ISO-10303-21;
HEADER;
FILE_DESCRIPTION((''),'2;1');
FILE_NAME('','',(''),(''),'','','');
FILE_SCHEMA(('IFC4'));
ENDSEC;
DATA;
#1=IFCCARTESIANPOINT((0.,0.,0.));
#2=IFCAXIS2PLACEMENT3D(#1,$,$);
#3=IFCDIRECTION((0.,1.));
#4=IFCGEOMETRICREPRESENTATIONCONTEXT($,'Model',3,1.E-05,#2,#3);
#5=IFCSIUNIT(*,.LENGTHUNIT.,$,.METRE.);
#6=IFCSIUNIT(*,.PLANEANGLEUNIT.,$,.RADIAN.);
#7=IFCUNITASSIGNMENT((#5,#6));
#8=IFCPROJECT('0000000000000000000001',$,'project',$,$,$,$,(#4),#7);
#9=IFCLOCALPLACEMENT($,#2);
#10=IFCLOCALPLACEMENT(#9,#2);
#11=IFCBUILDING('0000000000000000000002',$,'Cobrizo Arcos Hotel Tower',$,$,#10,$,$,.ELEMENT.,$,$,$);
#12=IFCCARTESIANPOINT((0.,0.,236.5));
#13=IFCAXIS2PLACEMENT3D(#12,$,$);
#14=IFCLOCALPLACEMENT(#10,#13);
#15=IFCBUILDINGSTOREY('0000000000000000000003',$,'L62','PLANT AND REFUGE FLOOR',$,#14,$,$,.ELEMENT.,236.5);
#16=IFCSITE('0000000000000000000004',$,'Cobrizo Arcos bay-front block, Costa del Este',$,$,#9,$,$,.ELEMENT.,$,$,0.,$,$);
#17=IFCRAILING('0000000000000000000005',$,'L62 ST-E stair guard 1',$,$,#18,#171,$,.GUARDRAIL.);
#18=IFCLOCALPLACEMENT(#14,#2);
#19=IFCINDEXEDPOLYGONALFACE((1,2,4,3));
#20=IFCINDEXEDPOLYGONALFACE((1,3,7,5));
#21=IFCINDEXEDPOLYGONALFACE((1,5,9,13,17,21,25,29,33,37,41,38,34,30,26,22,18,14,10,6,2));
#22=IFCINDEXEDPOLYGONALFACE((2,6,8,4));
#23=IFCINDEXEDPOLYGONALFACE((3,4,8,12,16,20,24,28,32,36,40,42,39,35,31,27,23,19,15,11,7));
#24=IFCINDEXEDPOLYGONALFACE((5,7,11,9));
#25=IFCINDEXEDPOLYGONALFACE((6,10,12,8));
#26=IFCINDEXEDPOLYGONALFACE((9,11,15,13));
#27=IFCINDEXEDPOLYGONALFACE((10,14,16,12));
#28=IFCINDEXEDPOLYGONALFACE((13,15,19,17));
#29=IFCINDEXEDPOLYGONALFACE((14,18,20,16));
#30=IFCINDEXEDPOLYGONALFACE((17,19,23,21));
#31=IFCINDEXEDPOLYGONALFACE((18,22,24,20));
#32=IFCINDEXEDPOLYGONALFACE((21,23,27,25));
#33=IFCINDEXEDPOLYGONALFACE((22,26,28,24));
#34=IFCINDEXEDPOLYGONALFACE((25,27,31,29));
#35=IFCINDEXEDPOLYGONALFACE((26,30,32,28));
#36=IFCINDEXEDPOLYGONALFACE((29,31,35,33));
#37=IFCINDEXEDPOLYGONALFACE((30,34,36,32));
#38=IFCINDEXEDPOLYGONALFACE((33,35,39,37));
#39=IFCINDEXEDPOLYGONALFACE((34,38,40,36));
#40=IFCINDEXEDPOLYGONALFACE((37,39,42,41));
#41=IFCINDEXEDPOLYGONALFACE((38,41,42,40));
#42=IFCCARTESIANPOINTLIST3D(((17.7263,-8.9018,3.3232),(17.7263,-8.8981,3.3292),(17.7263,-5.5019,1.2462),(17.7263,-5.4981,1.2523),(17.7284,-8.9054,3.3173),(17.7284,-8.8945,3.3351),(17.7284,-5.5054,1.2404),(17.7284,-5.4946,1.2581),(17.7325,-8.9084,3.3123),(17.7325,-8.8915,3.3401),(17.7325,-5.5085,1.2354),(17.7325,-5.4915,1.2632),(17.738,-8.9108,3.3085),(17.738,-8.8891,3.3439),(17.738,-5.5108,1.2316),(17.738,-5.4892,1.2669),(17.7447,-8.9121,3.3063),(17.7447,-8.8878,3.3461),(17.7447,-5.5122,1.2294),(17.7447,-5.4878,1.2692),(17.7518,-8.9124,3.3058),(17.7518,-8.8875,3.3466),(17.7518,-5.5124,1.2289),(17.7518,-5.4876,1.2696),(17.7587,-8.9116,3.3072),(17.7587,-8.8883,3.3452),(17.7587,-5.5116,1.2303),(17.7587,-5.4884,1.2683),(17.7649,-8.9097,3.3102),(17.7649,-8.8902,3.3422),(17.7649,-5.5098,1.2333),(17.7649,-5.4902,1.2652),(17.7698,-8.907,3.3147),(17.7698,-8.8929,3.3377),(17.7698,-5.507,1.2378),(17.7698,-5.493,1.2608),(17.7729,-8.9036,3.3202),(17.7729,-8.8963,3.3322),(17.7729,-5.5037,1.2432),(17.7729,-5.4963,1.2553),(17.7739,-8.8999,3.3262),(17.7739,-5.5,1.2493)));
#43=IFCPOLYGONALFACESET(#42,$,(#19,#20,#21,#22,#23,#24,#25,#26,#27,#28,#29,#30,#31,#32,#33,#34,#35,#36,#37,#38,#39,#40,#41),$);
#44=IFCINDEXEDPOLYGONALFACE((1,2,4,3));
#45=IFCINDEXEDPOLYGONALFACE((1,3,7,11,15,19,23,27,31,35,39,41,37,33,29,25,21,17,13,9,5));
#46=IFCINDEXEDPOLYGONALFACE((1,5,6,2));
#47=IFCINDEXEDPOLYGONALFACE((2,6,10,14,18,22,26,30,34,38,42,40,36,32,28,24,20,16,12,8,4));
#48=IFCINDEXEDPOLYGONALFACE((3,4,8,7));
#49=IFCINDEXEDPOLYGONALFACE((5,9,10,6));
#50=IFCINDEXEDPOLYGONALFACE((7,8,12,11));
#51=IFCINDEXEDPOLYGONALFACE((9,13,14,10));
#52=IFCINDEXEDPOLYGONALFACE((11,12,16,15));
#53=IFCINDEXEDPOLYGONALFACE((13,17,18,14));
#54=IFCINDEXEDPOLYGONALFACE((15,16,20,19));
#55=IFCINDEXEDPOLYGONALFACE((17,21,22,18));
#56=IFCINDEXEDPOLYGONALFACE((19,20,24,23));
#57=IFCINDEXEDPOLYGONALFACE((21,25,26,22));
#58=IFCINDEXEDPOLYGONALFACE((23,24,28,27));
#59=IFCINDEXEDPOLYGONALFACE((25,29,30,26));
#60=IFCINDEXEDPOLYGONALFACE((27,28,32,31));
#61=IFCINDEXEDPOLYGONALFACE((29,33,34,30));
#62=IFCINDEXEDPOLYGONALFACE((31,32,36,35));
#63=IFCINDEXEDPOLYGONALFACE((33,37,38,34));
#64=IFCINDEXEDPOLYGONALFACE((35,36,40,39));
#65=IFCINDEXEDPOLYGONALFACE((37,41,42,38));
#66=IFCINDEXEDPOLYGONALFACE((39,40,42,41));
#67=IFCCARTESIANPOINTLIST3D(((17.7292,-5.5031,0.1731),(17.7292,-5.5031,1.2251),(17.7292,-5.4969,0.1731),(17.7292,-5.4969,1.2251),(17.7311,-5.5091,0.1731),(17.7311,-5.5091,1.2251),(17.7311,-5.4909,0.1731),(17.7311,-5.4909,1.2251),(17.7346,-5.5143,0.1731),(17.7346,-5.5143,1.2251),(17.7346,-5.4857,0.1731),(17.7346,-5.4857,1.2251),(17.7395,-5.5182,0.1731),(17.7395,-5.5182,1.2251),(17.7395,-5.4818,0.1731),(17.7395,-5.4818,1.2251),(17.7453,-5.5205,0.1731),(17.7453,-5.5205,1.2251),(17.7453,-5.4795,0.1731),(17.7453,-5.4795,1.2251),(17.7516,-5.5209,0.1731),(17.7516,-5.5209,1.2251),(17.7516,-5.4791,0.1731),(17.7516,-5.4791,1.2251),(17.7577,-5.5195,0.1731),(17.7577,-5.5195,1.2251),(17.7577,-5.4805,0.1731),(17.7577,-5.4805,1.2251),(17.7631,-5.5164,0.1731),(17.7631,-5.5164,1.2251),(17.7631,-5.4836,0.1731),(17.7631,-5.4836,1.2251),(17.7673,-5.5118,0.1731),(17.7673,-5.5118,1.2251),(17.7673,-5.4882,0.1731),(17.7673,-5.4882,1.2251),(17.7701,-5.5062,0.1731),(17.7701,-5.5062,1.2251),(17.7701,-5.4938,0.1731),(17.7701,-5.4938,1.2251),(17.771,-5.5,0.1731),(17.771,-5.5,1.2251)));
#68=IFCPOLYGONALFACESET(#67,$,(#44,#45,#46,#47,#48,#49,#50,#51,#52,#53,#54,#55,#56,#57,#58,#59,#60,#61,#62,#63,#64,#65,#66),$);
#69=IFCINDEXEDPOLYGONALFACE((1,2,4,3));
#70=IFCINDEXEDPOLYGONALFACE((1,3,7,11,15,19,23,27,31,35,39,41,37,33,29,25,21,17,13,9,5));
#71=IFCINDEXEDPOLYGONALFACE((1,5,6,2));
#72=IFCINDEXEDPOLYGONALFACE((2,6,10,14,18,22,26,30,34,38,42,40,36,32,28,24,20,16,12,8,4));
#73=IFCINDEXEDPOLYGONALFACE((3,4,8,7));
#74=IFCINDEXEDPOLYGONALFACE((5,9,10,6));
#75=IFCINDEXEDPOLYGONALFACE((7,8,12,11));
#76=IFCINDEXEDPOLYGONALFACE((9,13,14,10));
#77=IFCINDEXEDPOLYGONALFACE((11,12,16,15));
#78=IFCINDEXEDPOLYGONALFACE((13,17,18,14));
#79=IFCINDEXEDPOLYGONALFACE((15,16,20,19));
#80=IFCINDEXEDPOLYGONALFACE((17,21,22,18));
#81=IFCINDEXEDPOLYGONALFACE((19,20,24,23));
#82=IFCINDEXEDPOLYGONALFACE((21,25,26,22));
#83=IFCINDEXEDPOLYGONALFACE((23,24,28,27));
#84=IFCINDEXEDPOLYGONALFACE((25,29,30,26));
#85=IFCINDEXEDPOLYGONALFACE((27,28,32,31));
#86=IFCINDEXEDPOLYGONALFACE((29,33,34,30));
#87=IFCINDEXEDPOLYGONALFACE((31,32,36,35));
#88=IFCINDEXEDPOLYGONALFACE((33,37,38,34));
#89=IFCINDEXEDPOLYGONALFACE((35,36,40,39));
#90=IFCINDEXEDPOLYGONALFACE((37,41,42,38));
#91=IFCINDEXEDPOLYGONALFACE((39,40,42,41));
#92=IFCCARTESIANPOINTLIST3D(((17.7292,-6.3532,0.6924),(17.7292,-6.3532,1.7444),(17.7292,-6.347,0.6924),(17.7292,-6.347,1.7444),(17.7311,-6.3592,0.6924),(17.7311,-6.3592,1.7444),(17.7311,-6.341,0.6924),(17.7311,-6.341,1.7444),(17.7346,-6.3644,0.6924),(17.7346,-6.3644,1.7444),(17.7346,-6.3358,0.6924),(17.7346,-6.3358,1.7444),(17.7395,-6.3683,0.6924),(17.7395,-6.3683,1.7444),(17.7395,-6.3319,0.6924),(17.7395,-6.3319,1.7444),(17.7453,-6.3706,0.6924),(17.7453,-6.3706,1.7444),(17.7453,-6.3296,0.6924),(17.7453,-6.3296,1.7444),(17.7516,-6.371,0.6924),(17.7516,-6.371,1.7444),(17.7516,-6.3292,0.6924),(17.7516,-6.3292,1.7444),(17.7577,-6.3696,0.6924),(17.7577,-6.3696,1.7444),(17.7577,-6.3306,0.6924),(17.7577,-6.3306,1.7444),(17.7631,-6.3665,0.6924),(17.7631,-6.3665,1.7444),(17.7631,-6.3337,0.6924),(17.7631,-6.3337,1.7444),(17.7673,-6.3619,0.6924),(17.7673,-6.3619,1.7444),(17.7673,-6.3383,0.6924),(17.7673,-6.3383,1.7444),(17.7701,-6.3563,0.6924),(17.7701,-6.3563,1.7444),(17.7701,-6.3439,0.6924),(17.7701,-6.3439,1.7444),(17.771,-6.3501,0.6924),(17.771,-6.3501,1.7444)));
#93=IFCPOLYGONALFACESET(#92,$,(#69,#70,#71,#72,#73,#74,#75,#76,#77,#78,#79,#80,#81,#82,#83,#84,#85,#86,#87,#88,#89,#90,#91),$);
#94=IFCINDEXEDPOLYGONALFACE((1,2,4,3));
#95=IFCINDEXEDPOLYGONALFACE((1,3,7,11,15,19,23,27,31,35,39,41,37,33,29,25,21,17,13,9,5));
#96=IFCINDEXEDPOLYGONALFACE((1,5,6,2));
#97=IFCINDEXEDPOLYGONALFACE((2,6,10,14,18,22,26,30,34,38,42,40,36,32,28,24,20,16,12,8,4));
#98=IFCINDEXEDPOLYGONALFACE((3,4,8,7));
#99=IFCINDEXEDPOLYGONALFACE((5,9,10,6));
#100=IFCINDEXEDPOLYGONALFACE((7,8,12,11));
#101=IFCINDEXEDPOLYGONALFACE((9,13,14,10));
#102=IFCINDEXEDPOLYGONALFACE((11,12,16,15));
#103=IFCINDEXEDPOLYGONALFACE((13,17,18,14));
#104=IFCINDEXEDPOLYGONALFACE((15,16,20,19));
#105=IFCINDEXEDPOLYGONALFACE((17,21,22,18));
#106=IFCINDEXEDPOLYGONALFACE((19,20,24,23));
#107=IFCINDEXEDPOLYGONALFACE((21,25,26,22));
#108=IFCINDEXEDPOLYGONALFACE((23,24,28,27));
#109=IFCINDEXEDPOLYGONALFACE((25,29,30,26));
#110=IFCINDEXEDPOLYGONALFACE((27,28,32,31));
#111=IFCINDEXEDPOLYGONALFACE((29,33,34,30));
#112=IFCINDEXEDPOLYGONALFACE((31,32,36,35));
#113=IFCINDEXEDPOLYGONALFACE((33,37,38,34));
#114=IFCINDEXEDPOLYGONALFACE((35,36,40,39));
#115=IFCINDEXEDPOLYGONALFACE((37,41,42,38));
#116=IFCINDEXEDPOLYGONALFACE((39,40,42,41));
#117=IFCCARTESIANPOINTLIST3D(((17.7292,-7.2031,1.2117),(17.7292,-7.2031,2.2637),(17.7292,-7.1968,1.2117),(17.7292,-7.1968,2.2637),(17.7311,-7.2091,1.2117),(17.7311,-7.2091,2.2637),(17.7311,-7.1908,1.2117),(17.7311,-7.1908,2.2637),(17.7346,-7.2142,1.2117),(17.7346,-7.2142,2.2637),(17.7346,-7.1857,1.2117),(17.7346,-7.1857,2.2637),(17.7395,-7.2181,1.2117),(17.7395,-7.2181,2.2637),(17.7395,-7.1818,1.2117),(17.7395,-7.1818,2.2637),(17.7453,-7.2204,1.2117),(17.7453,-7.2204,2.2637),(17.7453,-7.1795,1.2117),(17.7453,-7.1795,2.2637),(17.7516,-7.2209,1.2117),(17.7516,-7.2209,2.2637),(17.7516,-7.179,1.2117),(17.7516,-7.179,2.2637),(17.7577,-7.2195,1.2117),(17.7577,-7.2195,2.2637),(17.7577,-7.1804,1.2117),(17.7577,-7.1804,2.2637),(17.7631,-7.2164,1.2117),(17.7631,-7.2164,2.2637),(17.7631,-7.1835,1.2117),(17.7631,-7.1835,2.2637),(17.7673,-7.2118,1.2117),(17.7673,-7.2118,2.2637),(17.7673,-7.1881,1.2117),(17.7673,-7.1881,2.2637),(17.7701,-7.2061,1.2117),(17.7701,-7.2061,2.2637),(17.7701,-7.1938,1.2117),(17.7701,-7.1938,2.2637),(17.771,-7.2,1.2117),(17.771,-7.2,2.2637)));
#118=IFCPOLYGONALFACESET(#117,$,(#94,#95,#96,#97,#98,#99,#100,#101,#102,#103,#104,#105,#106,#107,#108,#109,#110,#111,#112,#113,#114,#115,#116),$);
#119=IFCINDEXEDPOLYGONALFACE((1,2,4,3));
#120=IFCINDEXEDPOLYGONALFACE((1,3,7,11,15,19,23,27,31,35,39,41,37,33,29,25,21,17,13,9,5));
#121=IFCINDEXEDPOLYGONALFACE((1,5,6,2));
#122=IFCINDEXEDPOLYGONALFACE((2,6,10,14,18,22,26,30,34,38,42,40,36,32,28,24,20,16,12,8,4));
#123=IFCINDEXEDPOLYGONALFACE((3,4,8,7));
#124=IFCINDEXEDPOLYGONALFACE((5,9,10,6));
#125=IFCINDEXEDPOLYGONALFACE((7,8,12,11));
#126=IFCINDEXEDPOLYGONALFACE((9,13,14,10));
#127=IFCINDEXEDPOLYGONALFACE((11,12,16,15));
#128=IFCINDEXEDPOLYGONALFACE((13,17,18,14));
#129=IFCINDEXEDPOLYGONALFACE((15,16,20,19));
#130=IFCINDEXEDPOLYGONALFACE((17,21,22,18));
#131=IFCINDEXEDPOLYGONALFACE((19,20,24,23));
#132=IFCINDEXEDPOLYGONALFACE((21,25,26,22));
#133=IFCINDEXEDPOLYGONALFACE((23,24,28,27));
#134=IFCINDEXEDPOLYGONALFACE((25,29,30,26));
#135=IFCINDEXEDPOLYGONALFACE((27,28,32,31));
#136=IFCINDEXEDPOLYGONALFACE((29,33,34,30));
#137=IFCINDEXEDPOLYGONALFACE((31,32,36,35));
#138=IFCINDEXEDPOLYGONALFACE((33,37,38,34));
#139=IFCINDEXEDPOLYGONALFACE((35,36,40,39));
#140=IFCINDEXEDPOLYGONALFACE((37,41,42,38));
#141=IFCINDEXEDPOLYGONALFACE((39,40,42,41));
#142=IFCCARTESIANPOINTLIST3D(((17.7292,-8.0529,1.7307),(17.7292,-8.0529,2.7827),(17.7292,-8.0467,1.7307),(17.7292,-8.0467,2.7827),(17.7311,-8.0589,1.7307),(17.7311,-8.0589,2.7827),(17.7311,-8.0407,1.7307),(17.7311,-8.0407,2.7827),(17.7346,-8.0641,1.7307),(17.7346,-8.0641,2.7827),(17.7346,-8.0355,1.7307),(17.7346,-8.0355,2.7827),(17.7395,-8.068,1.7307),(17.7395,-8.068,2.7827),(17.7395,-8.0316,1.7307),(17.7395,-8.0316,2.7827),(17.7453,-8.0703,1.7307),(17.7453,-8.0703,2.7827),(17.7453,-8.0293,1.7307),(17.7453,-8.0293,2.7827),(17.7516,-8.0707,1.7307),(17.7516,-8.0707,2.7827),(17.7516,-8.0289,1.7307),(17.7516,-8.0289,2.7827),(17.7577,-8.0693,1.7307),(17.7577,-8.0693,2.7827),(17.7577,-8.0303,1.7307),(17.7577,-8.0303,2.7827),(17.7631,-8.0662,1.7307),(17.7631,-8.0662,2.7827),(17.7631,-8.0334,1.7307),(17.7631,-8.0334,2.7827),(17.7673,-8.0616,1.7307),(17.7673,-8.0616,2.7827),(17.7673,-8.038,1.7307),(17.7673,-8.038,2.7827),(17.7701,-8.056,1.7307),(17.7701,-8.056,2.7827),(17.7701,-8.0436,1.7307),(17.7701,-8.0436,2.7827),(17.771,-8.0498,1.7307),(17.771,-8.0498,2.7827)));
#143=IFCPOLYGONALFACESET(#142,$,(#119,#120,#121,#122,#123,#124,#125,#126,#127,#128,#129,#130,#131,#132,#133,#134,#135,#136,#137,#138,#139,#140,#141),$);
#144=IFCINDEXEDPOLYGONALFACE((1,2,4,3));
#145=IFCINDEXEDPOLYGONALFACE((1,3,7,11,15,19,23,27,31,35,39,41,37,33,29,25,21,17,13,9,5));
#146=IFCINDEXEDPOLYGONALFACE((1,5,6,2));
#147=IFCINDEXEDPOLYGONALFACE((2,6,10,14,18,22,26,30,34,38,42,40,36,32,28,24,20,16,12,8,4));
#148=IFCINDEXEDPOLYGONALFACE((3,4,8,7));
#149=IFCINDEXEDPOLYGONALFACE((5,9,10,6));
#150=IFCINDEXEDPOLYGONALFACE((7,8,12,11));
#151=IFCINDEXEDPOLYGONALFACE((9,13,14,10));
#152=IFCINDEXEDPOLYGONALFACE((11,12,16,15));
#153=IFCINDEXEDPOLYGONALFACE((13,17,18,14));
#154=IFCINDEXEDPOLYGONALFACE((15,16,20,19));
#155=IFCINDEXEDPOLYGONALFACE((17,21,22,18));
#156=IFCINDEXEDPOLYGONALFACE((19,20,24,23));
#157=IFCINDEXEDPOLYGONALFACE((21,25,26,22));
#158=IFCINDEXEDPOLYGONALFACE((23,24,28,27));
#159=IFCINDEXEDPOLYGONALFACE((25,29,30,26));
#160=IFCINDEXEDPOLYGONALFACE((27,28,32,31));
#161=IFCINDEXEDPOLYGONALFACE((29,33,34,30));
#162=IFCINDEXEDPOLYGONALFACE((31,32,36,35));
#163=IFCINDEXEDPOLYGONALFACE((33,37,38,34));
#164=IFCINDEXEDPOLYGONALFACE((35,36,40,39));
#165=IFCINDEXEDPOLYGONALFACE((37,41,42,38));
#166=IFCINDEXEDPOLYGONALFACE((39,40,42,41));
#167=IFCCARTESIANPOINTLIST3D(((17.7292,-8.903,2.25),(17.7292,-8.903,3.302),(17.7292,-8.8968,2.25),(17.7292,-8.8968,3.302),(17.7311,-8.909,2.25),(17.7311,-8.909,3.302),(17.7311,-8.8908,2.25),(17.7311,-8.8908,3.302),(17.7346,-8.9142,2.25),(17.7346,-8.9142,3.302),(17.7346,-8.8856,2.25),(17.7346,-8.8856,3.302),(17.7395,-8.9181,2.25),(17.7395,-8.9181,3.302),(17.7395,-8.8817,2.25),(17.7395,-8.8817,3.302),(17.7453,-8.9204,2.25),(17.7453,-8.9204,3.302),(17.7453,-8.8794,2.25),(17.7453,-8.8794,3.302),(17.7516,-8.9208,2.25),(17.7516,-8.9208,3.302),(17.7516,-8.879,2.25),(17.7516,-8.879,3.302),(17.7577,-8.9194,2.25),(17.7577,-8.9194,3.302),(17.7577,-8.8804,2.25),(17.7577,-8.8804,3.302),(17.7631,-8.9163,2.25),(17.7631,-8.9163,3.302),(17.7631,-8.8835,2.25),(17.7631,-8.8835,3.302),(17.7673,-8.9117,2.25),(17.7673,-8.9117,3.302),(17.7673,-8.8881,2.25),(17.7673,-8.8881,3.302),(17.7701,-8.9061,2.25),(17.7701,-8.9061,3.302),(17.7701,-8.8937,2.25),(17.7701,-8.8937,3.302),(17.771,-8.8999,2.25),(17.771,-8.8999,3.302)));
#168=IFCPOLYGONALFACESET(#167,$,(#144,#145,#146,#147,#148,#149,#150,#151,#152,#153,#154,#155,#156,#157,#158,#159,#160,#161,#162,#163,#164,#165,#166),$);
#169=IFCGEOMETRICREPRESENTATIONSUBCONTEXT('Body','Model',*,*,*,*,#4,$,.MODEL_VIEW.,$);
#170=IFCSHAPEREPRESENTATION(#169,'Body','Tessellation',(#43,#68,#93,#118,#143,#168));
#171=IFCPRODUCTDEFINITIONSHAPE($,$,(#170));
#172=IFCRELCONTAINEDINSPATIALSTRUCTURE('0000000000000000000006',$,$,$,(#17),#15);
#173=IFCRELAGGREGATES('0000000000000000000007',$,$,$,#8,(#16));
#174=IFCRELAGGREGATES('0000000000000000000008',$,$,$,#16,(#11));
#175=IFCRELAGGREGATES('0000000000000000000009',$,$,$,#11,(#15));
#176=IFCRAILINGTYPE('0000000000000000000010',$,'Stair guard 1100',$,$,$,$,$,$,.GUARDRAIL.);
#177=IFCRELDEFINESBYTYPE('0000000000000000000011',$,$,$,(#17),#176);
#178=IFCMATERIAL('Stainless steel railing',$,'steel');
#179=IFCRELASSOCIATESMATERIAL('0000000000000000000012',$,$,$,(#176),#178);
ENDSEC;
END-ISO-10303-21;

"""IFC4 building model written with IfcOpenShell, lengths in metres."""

from ifc_helpers import new_model, si_unit, direction, frame, origin, origin_2d, place, context, subcontext, project, spatial, circle, extrude, material, type_object, element, save


model = new_model("IFC4")

# Units and contexts
model_context = context("Model", 3, precision=1e-05, world=origin(), true_north=direction((0.0, 1.0)))
body_context = subcontext(model_context, "Body", "Model", "MODEL_VIEW")
ifc_project = project(units=[si_unit("LENGTHUNIT", "METRE"), si_unit("PLANEANGLEUNIT", "RADIAN")], contexts=[model_context])

# Site, building, storey
site_placement = place(None, origin())
site = spatial("IfcSite", under=ifc_project, at=site_placement, Name="Cobrizo Arcos bay-front block, Costa del Este", CompositionType="ELEMENT", RefElevation=0.0)
building_placement = place(site_placement, origin())
building = spatial("IfcBuilding", under=site, at=building_placement, Name="Cobrizo Arcos Hotel Tower", CompositionType="ELEMENT")
storey_placement = place(building_placement, frame((0.0, 0.0, 236.5)))
storey = spatial("IfcBuildingStorey", under=building, at=storey_placement, Name="L62", Description="PLANT AND REFUGE FLOOR", CompositionType="ELEMENT", Elevation=236.5)

# Railing
ifc_material_1 = material(Name="Stainless steel railing", Category="steel")
railing_type_1 = type_object("IfcRailingType", Name="Stair guard 1100", PredefinedType="GUARDRAIL", material=ifc_material_1)
railing_1_placement = place(storey_placement, frame((17.75, -5.5, 0.1731)))
element("IfcRailing", 1, at=railing_1_placement, inside=storey, type_object=railing_type_1, Name="L62 ST-E stair guard 1", PredefinedType="GUARDRAIL", context=body_context, shape_type="SweptSolid", body=[
    extrude(circle(Radius=0.0239, at=origin_2d()), frame((0.0, 0.0, 1.0762), z_axis=(0.0, -0.853373, 0.521301), x_axis=(1.0, 0.0, 0.0)), (0.0, 0.0, 1.0), 3.9841),
    extrude(circle(Radius=0.021, at=origin_2d()), origin(), (0.0, 0.0, 1.0), 1.052),
    extrude(circle(Radius=0.021, at=origin_2d()), frame((0.0, -0.8501, 0.5193)), (0.0, 0.0, 1.0), 1.052),
    extrude(circle(Radius=0.021, at=origin_2d()), frame((0.0, -1.7, 1.0386)), (0.0, 0.0, 1.0), 1.052),
    extrude(circle(Radius=0.021, at=origin_2d()), frame((0.0, -2.5498, 1.5576)), (0.0, 0.0, 1.0), 1.052),
    extrude(circle(Radius=0.021, at=origin_2d()), frame((0.0, -3.3999, 2.0769)), (0.0, 0.0, 1.0), 1.052),
])

save(model, "model.ifc")
